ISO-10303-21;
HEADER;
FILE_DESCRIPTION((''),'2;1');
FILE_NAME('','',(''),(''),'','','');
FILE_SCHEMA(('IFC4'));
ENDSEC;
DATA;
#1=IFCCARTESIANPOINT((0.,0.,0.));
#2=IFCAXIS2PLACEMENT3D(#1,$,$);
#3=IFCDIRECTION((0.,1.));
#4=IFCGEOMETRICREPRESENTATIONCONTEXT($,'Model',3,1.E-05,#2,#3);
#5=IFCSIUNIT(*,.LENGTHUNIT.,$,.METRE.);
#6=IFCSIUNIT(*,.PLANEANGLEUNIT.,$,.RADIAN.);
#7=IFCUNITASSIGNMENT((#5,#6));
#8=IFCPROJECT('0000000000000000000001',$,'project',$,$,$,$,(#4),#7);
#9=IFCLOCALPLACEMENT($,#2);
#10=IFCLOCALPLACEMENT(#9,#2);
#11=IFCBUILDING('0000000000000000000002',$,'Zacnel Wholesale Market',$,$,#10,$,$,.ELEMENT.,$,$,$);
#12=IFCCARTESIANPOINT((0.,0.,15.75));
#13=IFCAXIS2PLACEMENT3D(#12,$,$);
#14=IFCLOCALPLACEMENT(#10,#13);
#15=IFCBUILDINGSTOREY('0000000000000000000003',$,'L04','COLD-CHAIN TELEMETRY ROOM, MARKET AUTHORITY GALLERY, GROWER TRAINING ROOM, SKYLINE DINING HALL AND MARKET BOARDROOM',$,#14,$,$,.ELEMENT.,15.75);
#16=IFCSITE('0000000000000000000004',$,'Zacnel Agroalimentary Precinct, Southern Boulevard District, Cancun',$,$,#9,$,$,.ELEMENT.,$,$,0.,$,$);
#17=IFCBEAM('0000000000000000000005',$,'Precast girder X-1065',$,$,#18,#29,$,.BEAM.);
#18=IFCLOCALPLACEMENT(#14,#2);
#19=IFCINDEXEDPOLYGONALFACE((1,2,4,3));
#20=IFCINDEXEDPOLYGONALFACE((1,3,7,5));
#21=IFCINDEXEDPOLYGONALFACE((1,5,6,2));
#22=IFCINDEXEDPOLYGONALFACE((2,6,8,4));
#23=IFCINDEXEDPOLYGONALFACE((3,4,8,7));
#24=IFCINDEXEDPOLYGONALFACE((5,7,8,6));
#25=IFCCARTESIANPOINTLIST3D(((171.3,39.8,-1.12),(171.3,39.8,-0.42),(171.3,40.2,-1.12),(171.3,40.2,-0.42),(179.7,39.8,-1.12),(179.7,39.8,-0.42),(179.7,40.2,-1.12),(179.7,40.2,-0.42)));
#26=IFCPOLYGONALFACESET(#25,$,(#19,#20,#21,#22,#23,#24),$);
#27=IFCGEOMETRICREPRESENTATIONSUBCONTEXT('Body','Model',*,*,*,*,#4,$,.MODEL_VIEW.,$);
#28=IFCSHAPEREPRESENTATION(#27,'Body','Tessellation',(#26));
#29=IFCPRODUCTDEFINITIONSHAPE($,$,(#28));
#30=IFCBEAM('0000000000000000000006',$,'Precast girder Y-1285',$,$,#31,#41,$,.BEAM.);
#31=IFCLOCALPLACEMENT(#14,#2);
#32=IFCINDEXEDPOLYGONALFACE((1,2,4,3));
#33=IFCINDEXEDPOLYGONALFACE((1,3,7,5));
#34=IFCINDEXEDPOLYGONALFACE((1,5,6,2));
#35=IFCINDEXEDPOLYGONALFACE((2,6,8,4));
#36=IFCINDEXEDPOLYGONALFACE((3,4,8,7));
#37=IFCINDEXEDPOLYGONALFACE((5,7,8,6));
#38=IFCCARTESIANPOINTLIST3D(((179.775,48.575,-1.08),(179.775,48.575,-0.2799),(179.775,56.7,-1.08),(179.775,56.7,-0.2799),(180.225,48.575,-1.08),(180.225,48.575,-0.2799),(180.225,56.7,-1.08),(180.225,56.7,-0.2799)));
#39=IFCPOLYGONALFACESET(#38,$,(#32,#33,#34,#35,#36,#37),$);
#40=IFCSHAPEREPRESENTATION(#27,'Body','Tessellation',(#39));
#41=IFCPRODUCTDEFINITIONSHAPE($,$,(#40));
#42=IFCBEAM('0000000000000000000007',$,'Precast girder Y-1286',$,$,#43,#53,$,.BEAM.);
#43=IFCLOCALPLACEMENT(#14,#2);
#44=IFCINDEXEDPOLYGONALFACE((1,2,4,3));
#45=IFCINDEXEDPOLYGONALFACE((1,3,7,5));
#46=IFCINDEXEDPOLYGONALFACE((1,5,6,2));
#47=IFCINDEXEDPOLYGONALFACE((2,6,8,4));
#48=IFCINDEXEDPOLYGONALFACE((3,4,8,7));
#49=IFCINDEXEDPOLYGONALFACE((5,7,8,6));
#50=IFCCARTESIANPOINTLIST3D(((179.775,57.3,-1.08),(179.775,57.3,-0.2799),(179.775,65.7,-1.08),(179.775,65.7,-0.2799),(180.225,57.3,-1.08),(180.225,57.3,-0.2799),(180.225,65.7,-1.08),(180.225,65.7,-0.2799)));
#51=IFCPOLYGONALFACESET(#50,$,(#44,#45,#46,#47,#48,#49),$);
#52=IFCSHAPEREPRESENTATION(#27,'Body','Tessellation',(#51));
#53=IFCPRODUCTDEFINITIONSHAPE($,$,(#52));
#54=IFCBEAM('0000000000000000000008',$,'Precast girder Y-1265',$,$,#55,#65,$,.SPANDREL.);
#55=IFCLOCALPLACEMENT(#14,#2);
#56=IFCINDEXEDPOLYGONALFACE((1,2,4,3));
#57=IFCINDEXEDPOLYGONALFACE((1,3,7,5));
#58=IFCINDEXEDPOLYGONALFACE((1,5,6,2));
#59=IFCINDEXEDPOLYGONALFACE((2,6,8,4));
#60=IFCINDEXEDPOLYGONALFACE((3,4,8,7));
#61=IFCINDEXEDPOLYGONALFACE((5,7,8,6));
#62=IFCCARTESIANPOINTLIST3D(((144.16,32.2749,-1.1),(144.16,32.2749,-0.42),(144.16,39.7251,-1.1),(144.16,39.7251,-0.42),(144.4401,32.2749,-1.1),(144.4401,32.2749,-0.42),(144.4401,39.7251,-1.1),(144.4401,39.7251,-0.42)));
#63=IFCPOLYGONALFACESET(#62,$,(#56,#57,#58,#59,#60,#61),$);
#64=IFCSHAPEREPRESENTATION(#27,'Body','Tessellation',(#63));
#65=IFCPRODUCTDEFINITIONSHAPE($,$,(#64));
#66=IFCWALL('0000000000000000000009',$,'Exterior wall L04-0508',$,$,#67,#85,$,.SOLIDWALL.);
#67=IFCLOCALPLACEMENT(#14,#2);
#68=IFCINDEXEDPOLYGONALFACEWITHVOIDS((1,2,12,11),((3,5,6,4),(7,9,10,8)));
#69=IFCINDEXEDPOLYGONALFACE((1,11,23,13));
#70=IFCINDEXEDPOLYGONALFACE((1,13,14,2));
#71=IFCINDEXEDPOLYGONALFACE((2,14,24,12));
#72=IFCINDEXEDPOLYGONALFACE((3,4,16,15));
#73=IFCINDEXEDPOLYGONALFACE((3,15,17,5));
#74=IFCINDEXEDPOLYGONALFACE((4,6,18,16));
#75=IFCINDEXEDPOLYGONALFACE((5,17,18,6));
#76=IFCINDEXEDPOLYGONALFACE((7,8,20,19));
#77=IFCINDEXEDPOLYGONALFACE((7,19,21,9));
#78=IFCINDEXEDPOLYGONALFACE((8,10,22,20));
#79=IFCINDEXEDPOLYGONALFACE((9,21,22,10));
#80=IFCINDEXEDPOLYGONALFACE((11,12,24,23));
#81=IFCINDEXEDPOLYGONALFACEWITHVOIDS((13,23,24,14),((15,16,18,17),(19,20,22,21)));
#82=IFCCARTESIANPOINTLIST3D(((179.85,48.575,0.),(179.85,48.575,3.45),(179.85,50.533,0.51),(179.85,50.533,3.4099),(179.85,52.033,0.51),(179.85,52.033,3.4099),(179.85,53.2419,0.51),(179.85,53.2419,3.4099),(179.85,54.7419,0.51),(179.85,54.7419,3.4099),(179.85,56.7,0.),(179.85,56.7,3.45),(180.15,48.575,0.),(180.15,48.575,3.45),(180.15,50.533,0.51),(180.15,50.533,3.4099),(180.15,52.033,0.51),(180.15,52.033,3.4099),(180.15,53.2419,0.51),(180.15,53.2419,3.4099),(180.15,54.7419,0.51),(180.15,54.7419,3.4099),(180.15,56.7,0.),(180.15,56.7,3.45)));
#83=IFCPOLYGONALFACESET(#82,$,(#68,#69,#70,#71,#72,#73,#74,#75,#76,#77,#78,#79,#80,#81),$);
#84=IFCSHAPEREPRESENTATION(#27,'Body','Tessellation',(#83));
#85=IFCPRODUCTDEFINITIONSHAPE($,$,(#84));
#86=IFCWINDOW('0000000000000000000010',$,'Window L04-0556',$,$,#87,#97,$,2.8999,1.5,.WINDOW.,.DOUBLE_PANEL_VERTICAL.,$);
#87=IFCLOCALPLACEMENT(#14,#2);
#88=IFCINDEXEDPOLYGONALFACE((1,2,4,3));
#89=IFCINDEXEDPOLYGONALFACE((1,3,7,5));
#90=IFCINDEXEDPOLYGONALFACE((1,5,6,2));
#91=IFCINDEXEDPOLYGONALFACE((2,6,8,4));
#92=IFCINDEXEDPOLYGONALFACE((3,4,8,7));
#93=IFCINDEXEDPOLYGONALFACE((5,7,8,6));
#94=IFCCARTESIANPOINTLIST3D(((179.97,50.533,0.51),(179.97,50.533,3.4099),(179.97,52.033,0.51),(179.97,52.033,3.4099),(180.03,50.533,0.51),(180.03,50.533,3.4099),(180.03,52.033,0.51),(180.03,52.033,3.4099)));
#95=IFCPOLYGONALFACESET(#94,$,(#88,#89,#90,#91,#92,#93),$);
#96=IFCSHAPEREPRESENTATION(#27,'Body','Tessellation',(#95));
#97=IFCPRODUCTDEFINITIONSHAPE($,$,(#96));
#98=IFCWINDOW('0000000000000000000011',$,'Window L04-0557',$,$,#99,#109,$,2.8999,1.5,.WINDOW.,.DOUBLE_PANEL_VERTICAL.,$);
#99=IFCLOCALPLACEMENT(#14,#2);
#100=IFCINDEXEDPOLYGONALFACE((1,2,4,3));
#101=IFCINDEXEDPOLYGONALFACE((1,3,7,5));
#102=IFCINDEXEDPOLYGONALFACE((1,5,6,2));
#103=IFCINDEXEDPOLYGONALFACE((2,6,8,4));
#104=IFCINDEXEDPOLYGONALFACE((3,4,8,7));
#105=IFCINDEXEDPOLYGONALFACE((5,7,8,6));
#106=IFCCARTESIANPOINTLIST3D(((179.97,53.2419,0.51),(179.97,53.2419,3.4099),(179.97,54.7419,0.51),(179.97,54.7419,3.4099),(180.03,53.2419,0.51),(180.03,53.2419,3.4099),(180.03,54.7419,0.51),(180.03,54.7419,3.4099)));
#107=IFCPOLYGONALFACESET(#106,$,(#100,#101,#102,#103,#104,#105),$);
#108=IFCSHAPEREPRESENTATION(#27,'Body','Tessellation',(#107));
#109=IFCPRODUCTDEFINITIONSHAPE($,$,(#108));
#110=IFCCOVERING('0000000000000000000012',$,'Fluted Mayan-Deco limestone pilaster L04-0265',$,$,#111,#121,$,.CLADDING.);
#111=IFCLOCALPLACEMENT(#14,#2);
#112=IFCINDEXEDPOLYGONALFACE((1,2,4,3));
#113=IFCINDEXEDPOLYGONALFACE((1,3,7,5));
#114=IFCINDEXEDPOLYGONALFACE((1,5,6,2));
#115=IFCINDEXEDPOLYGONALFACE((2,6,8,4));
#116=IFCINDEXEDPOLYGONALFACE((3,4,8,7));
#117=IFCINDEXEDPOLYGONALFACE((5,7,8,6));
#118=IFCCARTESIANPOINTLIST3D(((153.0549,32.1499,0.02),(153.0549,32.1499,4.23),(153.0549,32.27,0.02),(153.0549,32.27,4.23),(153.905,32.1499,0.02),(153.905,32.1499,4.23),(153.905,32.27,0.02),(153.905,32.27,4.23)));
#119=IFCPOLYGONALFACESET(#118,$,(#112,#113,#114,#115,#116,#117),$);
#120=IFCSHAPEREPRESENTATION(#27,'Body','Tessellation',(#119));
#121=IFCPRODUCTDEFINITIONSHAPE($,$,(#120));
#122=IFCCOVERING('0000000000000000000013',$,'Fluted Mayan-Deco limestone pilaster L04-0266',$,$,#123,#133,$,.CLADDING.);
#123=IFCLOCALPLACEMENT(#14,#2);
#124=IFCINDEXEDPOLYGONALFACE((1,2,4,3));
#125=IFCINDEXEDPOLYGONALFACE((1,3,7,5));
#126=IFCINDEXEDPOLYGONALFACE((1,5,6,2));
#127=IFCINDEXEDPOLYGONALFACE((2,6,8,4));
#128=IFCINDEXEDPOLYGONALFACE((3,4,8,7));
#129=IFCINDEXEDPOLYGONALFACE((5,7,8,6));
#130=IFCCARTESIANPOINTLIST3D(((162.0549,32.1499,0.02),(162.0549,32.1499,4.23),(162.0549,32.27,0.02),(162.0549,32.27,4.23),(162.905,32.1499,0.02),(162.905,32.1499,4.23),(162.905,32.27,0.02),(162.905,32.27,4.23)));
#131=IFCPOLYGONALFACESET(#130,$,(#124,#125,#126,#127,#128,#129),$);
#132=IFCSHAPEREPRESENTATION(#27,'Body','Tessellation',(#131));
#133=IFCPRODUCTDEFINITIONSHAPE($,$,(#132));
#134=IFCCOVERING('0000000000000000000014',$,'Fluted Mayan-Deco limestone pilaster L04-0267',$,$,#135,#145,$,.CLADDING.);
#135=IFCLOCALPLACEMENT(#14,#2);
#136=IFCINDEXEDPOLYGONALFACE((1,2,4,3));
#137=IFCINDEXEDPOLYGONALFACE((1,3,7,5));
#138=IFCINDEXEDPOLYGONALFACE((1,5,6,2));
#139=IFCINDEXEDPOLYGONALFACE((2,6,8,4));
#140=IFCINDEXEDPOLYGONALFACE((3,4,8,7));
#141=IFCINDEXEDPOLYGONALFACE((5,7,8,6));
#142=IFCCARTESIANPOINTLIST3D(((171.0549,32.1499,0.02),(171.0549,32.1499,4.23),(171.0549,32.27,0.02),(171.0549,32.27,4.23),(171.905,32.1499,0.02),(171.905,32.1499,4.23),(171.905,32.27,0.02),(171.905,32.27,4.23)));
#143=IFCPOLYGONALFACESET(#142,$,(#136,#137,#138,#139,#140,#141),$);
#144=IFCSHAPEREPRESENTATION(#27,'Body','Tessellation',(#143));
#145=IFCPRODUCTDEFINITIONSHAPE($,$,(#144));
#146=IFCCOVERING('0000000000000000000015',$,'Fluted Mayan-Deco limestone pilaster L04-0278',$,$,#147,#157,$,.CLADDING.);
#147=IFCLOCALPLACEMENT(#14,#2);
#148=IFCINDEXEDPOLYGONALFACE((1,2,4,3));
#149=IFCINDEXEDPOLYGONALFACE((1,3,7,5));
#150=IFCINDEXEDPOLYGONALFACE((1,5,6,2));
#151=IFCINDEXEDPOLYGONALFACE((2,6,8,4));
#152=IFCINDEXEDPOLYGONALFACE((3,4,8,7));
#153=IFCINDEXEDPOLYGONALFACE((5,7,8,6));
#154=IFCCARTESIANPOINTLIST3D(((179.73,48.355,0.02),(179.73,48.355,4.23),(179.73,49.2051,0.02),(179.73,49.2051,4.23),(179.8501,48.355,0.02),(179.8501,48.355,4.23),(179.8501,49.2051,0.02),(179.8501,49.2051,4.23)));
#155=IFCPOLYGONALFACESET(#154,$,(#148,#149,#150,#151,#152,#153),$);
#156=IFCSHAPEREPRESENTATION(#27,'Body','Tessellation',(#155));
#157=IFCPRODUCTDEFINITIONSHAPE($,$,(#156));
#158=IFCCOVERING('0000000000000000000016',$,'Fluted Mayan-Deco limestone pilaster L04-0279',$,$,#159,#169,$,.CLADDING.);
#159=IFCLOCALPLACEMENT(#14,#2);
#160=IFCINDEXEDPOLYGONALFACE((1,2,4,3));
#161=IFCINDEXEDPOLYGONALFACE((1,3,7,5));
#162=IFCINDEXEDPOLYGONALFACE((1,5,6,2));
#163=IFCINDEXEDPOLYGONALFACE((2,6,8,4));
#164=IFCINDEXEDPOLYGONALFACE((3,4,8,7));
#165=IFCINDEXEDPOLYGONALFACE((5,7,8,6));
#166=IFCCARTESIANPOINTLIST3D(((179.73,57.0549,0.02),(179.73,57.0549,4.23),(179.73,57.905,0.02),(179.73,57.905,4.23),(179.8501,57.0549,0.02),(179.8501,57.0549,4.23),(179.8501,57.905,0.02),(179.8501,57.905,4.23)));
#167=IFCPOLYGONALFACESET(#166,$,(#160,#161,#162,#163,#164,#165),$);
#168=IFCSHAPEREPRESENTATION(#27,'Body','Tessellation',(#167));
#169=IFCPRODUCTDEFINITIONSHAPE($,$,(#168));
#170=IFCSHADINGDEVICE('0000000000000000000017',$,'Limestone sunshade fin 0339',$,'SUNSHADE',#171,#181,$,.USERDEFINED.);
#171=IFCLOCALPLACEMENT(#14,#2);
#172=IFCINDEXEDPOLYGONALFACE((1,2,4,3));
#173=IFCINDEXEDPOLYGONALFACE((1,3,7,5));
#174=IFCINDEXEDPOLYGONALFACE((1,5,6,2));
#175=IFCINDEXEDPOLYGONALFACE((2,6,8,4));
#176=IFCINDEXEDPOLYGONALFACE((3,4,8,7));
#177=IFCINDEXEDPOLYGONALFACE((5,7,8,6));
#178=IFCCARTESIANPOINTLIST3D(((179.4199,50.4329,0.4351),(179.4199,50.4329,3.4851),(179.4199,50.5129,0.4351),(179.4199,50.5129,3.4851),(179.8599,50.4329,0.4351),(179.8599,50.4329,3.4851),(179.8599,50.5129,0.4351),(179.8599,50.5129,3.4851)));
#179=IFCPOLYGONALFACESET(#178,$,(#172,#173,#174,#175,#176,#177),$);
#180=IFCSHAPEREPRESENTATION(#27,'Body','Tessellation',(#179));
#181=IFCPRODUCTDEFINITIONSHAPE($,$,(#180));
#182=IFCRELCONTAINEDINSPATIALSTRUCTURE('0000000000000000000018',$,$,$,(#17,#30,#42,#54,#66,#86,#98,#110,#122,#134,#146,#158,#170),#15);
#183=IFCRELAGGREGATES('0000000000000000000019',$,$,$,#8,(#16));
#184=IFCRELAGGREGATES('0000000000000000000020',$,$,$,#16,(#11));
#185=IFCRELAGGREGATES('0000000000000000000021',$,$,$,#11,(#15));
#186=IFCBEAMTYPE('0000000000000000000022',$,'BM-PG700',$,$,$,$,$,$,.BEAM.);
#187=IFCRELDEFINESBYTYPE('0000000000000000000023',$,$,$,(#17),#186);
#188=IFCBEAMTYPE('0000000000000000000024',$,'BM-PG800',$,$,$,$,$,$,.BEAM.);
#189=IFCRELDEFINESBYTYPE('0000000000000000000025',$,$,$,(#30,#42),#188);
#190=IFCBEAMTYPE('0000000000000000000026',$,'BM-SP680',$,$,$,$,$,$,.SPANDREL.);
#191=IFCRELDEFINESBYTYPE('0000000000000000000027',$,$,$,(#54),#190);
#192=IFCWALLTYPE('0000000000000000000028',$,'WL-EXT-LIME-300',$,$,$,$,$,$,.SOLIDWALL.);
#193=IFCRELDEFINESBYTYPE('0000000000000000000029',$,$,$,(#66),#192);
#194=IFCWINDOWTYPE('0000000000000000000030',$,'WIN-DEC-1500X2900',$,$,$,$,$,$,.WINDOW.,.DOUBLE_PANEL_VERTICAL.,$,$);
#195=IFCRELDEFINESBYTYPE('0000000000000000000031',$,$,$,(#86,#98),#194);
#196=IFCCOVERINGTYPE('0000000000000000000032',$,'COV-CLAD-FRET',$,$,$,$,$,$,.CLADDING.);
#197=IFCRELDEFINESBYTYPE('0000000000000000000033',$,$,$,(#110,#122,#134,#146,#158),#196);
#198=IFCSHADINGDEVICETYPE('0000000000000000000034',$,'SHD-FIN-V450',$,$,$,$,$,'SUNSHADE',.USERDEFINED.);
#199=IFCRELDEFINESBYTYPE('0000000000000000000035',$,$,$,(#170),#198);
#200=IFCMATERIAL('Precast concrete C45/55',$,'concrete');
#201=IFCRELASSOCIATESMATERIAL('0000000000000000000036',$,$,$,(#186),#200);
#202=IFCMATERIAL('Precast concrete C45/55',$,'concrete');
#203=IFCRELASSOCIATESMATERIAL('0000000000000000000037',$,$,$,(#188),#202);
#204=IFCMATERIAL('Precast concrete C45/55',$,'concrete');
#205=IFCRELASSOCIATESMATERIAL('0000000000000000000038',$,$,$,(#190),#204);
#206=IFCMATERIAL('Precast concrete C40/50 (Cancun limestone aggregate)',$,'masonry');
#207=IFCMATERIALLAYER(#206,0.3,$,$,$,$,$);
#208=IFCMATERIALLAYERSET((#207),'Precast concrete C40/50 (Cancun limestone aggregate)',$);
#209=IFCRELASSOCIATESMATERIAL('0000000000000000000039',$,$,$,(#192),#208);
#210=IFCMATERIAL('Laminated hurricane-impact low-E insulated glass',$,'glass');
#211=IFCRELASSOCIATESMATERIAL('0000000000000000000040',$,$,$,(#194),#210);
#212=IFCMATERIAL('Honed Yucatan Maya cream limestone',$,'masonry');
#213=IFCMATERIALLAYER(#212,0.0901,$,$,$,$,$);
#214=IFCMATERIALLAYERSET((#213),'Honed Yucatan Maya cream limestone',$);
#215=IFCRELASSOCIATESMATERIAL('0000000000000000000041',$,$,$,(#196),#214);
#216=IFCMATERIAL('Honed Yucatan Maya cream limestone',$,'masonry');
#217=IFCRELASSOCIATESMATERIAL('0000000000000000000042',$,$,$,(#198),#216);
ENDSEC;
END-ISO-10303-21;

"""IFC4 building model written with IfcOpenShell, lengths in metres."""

from ifc_helpers import new_model, si_unit, direction, frame, frame_2d, origin, origin_2d, place, context, subcontext, project, spatial, rectangle, extrude, material, layer, layer_set, material_profile, profile_set, type_object, element, fill, save


model = new_model("IFC4")

# Units and contexts
model_context = context("Model", 3, precision=1e-05, world=origin(), true_north=direction((0.0, 1.0)))
body_context = subcontext(model_context, "Body", "Model", "MODEL_VIEW")
ifc_project = project(units=[si_unit("LENGTHUNIT", "METRE"), si_unit("PLANEANGLEUNIT", "RADIAN")], contexts=[model_context])

# Site, building, storey
site_placement = place(None, origin())
site = spatial("IfcSite", under=ifc_project, at=site_placement, Name="Zacnel Agroalimentary Precinct, Southern Boulevard District, Cancun", CompositionType="ELEMENT", RefElevation=0.0)
building_placement = place(site_placement, origin())
building = spatial("IfcBuilding", under=site, at=building_placement, Name="Zacnel Wholesale Market", CompositionType="ELEMENT")
storey_placement = place(building_placement, frame((0.0, 0.0, 15.75)))
storey = spatial("IfcBuildingStorey", under=building, at=storey_placement, Name="L04", Description="COLD-CHAIN TELEMETRY ROOM, MARKET AUTHORITY GALLERY, GROWER TRAINING ROOM, SKYLINE DINING HALL AND MARKET BOARDROOM", CompositionType="ELEMENT", Elevation=15.75)

# Beams
ifc_material_1 = material(Name="Precast concrete C45/55", Category="concrete")
ifc_material_profile_1 = material_profile(ifc_material_1, rectangle(XDim=0.3999, YDim=0.7, at=origin_2d()), Name="PG 400x700")
ifc_profile_set_1 = profile_set([ifc_material_profile_1], Name="Precast concrete C45/55")
beam_type_1 = type_object("IfcBeamType", Name="BM-PG700", PredefinedType="BEAM", material=ifc_profile_set_1)
for number, where, z_axis, x_axis, name in (
    (1, (171.3, 40.0, -0.77), (1.0, 0.0, 0.0), (0.0, 1.0, 0.0), "Precast girder X-1065"),
):
    element("IfcBeam", number, at=place(storey_placement, frame(where, z_axis=z_axis, x_axis=x_axis)), inside=storey, type_object=beam_type_1, Name=name, PredefinedType="BEAM", context=body_context, shape_type="SweptSolid", body=[
        extrude(rectangle(XDim=0.3999, YDim=0.7, at=origin_2d()), origin(), (0.0, 0.0, 1.0), 8.3999),
    ])
ifc_material_2 = material(Name="Precast concrete C45/55", Category="concrete")
ifc_material_profile_2 = material_profile(ifc_material_2, rectangle(XDim=0.45, YDim=0.8, at=origin_2d()), Name="PG 450x800")
ifc_profile_set_2 = profile_set([ifc_material_profile_2], Name="Precast concrete C45/55")
beam_type_2 = type_object("IfcBeamType", Name="BM-PG800", PredefinedType="BEAM", material=ifc_profile_set_2)
beam_1_placement = place(storey_placement, frame((180.0, 48.575, -0.6799), z_axis=(0.0, 1.0, 0.0), x_axis=(-1.0, 0.0, 0.0)))
element("IfcBeam", 2, at=beam_1_placement, inside=storey, type_object=beam_type_2, Name="Precast girder Y-1285", PredefinedType="BEAM", context=body_context, shape_type="SweptSolid", body=[
    extrude(rectangle(XDim=0.45, YDim=0.8, at=origin_2d()), origin(), (0.0, 0.0, 1.0), 8.125),
])
beam_2_placement = place(storey_placement, frame((180.0, 57.3, -0.6799), z_axis=(0.0, 1.0, 0.0), x_axis=(-1.0, 0.0, 0.0)))
element("IfcBeam", 3, at=beam_2_placement, inside=storey, type_object=beam_type_2, Name="Precast girder Y-1286", PredefinedType="BEAM", context=body_context, shape_type="SweptSolid", body=[
    extrude(rectangle(XDim=0.45, YDim=0.8, at=origin_2d()), origin(), (0.0, 0.0, 1.0), 8.3999),
])
ifc_material_3 = material(Name="Precast concrete C45/55", Category="concrete")
ifc_material_profile_3 = material_profile(ifc_material_3, rectangle(XDim=0.28, YDim=0.6799, at=origin_2d()), Name="SP 280x680")
ifc_profile_set_3 = profile_set([ifc_material_profile_3], Name="Precast concrete C45/55")
beam_type_3 = type_object("IfcBeamType", Name="BM-SP680", PredefinedType="SPANDREL", material=ifc_profile_set_3)
beam_3_placement = place(storey_placement, frame((144.3, 32.2749, -0.76), z_axis=(0.0, 1.0, 0.0), x_axis=(-1.0, 0.0, 0.0)))
element("IfcBeam", 4, at=beam_3_placement, inside=storey, type_object=beam_type_3, Name="Precast girder Y-1265", PredefinedType="SPANDREL", context=body_context, shape_type="SweptSolid", body=[
    extrude(rectangle(XDim=0.28, YDim=0.6799, at=origin_2d()), origin(), (0.0, 0.0, 1.0), 7.4502),
])

# Wall, openings, windows
ifc_material_4 = material(Name="Precast concrete C40/50 (Cancun limestone aggregate)", Category="masonry")
ifc_layer_1 = layer(ifc_material_4, 0.3)
ifc_layer_set_1 = layer_set([ifc_layer_1], Name="Precast concrete C40/50 (Cancun limestone aggregate)")
wall_type = type_object("IfcWallType", Name="WL-EXT-LIME-300", PredefinedType="SOLIDWALL", material=ifc_layer_set_1)
wall_placement = place(storey_placement, frame((180.0, 48.575, 0.0), z_axis=(0.0, 0.0, 1.0), x_axis=(0.0, 1.0, 0.0)))
wall = element("IfcWall", 5, at=wall_placement, inside=storey, type_object=wall_type, Name="Exterior wall L04-0508", PredefinedType="SOLIDWALL", context=body_context, shape_type="SweptSolid", body=[
    extrude(rectangle(XDim=8.125, YDim=0.3, at=frame_2d((4.0625, 0.0))), origin(), (0.0, 0.0, 1.0), 3.45),
])
opening_1_placement = place(wall_placement, frame((1.958, 0.0, 0.51)))
opening_1 = element("IfcOpeningElement", 6, at=opening_1_placement, cuts=wall, PredefinedType="OPENING", context=body_context, shape_type="SweptSolid", body=[
    extrude(rectangle(XDim=1.5, YDim=2.8999, at=frame_2d((0.75, 1.45))), frame((0.0, 0.1599, 0.0), z_axis=(0.0, -1.0, 0.0), x_axis=(1.0, 0.0, 0.0)), (0.0, 0.0, 1.0), 0.3201),
])
opening_2_placement = place(wall_placement, frame((4.667, 0.0, 0.51)))
opening_2 = element("IfcOpeningElement", 7, at=opening_2_placement, cuts=wall, PredefinedType="OPENING", context=body_context, shape_type="SweptSolid", body=[
    extrude(rectangle(XDim=1.5, YDim=2.8999, at=frame_2d((0.75, 1.45))), frame((0.0, 0.1599, 0.0), z_axis=(0.0, -1.0, 0.0), x_axis=(1.0, 0.0, 0.0)), (0.0, 0.0, 1.0), 0.3201),
])
ifc_material_5 = material(Name="Laminated hurricane-impact low-E insulated glass", Category="glass")
window_type = type_object("IfcWindowType", Name="WIN-DEC-1500X2900", PartitioningType="DOUBLE_PANEL_VERTICAL", PredefinedType="WINDOW", material=ifc_material_5)
window_1_placement = place(opening_1_placement, origin())
window_1 = element("IfcWindow", 8, at=window_1_placement, inside=storey, type_object=window_type, Name="Window L04-0556", OverallHeight=2.8999, OverallWidth=1.5, PartitioningType="DOUBLE_PANEL_VERTICAL", PredefinedType="WINDOW", context=body_context, shape_type="SweptSolid", body=[
    extrude(rectangle(XDim=1.5, YDim=2.8999, at=frame_2d((0.75, 1.45))), frame((0.0, 0.03, 0.0), z_axis=(0.0, -1.0, 0.0), x_axis=(1.0, 0.0, 0.0)), (0.0, 0.0, 1.0), 0.0601),
])
fill(opening_1, window_1)
window_2_placement = place(opening_2_placement, origin())
window_2 = element("IfcWindow", 9, at=window_2_placement, inside=storey, type_object=window_type, Name="Window L04-0557", OverallHeight=2.8999, OverallWidth=1.5, PartitioningType="DOUBLE_PANEL_VERTICAL", PredefinedType="WINDOW", context=body_context, shape_type="SweptSolid", body=[
    extrude(rectangle(XDim=1.5, YDim=2.8999, at=frame_2d((0.75, 1.45))), frame((0.0, 0.03, 0.0), z_axis=(0.0, -1.0, 0.0), x_axis=(1.0, 0.0, 0.0)), (0.0, 0.0, 1.0), 0.0601),
])
fill(opening_2, window_2)

# Coverings
ifc_material_6 = material(Name="Honed Yucatan Maya cream limestone", Category="masonry")
ifc_layer_2 = layer(ifc_material_6, 0.0901)
ifc_layer_set_2 = layer_set([ifc_layer_2], Name="Honed Yucatan Maya cream limestone")
covering_type = type_object("IfcCoveringType", Name="COV-CLAD-FRET", PredefinedType="CLADDING", material=ifc_layer_set_2)
for number, where, z_axis, x_axis, name in (
    (10, (153.48, 32.21, 0.02), (0.0, 0.0, 1.0), (1.0, 0.0, 0.0), "Fluted Mayan-Deco limestone pilaster L04-0265"),
    (11, (162.48, 32.21, 0.02), (0.0, 0.0, 1.0), (1.0, 0.0, 0.0), "Fluted Mayan-Deco limestone pilaster L04-0266"),
    (12, (171.48, 32.21, 0.02), (0.0, 0.0, 1.0), (1.0, 0.0, 0.0), "Fluted Mayan-Deco limestone pilaster L04-0267"),
    (13, (179.79, 48.78, 0.02), (0.0, 0.0, 1.0), (0.0, 1.0, 0.0), "Fluted Mayan-Deco limestone pilaster L04-0278"),
    (14, (179.79, 57.48, 0.02), (0.0, 0.0, 1.0), (0.0, 1.0, 0.0), "Fluted Mayan-Deco limestone pilaster L04-0279"),
):
    element("IfcCovering", number, at=place(storey_placement, frame(where, z_axis=z_axis, x_axis=x_axis)), inside=storey, type_object=covering_type, Name=name, PredefinedType="CLADDING", context=body_context, shape_type="SweptSolid", body=[
        extrude(rectangle(XDim=0.8501, YDim=0.1201, at=origin_2d()), origin(), (0.0, 0.0, 1.0), 4.21),
    ])

# Shading device
ifc_material_7 = material(Name="Honed Yucatan Maya cream limestone", Category="masonry")
shading_device_type = type_object("IfcShadingDeviceType", Name="SHD-FIN-V450", ElementType="SUNSHADE", PredefinedType="USERDEFINED", material=ifc_material_7)
for number, where, z_axis, x_axis, name in (
    (15, (179.6399, 50.4729, 0.4351), (0.0, 0.0, 1.0), (0.0, 1.0, 0.0), "Limestone sunshade fin 0339"),
):
    element("IfcShadingDevice", number, at=place(storey_placement, frame(where, z_axis=z_axis, x_axis=x_axis)), inside=storey, type_object=shading_device_type, Name=name, ObjectType="SUNSHADE", PredefinedType="USERDEFINED", context=body_context, shape_type="SweptSolid", body=[
        extrude(rectangle(XDim=0.0801, YDim=0.4399, at=origin_2d()), origin(), (0.0, 0.0, 1.0), 3.05),
    ])

save(model, "model.ifc")
